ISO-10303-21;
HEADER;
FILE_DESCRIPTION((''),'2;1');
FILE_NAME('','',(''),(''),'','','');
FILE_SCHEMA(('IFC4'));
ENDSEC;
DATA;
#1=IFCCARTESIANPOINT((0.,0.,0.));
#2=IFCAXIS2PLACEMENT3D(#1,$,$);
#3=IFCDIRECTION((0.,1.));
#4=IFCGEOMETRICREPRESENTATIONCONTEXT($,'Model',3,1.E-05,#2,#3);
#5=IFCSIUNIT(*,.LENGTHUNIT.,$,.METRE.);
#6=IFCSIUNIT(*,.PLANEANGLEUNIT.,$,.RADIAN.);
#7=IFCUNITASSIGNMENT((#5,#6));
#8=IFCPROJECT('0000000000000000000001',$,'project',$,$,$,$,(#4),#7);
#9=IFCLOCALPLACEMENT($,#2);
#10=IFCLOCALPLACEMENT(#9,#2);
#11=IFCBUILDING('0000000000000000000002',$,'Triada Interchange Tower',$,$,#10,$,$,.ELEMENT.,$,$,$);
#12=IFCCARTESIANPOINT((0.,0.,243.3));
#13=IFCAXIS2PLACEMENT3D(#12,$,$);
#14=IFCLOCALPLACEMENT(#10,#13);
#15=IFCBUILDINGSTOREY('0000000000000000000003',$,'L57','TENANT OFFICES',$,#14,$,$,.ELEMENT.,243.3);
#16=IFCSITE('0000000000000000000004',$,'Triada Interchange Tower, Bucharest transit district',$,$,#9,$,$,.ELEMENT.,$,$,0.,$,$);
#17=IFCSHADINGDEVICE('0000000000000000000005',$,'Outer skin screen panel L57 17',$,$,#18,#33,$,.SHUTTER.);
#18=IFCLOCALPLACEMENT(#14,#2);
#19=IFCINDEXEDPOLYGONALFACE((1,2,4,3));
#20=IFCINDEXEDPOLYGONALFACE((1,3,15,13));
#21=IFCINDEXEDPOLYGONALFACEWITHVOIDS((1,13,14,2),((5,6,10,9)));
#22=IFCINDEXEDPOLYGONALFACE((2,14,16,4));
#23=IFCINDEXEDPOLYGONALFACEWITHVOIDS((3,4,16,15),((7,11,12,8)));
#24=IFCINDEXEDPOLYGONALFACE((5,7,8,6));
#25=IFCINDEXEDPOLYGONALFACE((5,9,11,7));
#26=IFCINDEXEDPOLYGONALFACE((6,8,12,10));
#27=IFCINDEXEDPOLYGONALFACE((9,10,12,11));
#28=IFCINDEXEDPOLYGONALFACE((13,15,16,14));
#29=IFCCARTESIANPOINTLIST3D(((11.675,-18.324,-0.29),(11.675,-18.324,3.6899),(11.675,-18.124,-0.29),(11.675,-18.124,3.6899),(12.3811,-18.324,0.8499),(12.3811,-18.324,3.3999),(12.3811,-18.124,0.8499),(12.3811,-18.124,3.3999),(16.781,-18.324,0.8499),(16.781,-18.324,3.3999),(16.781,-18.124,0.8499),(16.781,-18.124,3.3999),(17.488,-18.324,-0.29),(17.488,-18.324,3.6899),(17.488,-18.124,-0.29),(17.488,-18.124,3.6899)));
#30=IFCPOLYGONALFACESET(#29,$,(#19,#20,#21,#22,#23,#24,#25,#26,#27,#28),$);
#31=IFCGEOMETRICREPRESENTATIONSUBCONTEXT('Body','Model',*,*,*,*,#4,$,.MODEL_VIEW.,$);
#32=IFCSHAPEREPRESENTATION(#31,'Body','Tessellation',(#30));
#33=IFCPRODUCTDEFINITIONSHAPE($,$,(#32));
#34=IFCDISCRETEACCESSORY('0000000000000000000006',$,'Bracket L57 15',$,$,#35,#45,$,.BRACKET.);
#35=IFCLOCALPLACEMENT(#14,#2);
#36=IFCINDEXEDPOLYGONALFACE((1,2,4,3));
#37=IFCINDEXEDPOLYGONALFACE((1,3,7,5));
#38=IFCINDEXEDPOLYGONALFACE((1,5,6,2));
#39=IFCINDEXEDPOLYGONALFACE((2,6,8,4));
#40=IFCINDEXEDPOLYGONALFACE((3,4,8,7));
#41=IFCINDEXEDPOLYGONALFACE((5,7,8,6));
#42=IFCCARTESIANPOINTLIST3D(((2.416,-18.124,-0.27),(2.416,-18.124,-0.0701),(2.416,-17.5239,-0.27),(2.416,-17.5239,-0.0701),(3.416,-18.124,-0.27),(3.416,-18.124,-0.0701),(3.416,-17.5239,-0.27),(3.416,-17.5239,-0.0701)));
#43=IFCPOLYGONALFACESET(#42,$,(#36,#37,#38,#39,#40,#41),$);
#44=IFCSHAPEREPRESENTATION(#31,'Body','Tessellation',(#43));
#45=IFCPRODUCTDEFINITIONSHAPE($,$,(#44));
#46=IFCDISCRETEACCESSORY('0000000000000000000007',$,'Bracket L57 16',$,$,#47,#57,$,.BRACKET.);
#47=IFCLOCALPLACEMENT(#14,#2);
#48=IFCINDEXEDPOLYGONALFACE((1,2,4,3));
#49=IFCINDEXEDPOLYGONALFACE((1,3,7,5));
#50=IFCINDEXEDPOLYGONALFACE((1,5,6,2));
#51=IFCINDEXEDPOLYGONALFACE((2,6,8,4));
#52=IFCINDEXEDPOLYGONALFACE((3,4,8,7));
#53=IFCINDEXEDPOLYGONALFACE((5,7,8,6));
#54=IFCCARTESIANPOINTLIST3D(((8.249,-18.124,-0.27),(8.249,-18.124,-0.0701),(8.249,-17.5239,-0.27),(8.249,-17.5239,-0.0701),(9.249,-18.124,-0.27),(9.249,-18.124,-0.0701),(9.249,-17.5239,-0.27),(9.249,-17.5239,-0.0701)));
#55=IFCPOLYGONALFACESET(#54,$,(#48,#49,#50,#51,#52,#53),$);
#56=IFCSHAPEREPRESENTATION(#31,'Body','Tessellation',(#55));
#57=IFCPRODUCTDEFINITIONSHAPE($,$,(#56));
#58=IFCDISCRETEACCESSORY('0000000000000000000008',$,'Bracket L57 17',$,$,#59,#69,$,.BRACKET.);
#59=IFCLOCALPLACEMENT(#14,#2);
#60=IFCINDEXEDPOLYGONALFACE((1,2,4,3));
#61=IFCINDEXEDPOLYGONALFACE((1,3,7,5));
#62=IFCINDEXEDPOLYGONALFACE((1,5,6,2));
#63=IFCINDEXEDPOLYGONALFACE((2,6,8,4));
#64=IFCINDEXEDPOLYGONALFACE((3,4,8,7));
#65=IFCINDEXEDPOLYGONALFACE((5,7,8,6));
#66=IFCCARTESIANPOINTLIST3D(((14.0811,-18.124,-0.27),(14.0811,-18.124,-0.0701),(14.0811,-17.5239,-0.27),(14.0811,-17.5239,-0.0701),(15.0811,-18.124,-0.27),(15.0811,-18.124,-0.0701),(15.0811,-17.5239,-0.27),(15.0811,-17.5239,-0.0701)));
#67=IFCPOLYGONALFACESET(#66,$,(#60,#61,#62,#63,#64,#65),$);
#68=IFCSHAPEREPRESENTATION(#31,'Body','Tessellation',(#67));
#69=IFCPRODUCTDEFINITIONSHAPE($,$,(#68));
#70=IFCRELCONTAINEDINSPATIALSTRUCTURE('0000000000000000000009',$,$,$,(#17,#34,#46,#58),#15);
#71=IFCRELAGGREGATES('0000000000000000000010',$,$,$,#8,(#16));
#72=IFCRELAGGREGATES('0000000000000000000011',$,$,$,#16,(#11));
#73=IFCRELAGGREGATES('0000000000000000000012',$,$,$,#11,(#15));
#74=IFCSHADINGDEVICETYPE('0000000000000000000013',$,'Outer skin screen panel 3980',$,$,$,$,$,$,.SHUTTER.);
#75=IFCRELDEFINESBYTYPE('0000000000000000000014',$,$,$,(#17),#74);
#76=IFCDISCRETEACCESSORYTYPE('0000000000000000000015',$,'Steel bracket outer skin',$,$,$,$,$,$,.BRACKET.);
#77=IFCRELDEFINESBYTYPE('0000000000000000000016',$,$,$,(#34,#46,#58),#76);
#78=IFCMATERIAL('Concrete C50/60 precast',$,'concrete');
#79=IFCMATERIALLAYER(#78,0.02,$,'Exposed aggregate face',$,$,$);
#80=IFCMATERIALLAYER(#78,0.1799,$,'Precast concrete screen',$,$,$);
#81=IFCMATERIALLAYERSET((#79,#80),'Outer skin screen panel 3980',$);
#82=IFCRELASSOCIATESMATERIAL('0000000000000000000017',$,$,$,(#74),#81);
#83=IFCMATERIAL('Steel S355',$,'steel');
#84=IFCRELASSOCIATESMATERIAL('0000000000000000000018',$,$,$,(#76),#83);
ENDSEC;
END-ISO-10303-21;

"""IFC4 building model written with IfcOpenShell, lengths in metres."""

from ifc_helpers import new_model, si_unit, direction, frame, origin, origin_2d, place, context, subcontext, project, spatial, polyline, rectangle, outline, extrude, material, layer, layer_set, type_object, element, save


model = new_model("IFC4")

# Units and contexts
model_context = context("Model", 3, precision=1e-05, world=origin(), true_north=direction((0.0, 1.0)))
body_context = subcontext(model_context, "Body", "Model", "MODEL_VIEW")
ifc_project = project(units=[si_unit("LENGTHUNIT", "METRE"), si_unit("PLANEANGLEUNIT", "RADIAN")], contexts=[model_context])

# Site, building, storey
site_placement = place(None, origin())
site = spatial("IfcSite", under=ifc_project, at=site_placement, Name="Triada Interchange Tower, Bucharest transit district", CompositionType="ELEMENT", RefElevation=0.0)
building_placement = place(site_placement, origin())
building = spatial("IfcBuilding", under=site, at=building_placement, Name="Triada Interchange Tower", CompositionType="ELEMENT")
storey_placement = place(building_placement, frame((0.0, 0.0, 243.3)))
storey = spatial("IfcBuildingStorey", under=building, at=storey_placement, Name="L57", Description="TENANT OFFICES", CompositionType="ELEMENT", Elevation=243.3)

# Shading device
ifc_material_1 = material(Name="Concrete C50/60 precast", Category="concrete")
ifc_layer_1 = layer(ifc_material_1, 0.02, Name="Exposed aggregate face")
ifc_layer_2 = layer(ifc_material_1, 0.1799, Name="Precast concrete screen")
ifc_layer_set_1 = layer_set([ifc_layer_1, ifc_layer_2], Name="Outer skin screen panel 3980")
shading_device_type = type_object("IfcShadingDeviceType", Name="Outer skin screen panel 3980", PredefinedType="SHUTTER", material=ifc_layer_set_1)
shading_device_1_placement = place(storey_placement, frame((11.675, -18.124, -0.29), z_axis=(0.0, 0.0, 1.0), x_axis=(1.0, 0.0, 0.0)))
element("IfcShadingDevice", 1, at=shading_device_1_placement, inside=storey, type_object=shading_device_type, Name="Outer skin screen panel L57 17", PredefinedType="SHUTTER", context=body_context, shape_type="SweptSolid", body=[
    extrude(outline(polyline([(0.0, 0.0), (5.813, 0.0), (5.813, 3.98), (0.0, 3.98), (0.0, 0.0)]), holes=[polyline([(0.7061, 1.1399), (0.7061, 3.6899), (5.106, 3.6899), (5.106, 1.1399), (0.7061, 1.1399)])]), frame((0.0, 0.0, 0.0), z_axis=(0.0, -1.0, 0.0), x_axis=(1.0, 0.0, 0.0)), (0.0, 0.0, 1.0), 0.2),
])

# Discrete accessories
ifc_material_2 = material(Name="Steel S355", Category="steel")
discrete_accessory_type = type_object("IfcDiscreteAccessoryType", Name="Steel bracket outer skin", PredefinedType="BRACKET", material=ifc_material_2)
for number, where, z_axis, x_axis, name in (
    (2, (2.916, -17.824, -0.27), (0.0, 0.0, 1.0), (0.0, -1.0, 0.0), "Bracket L57 15"),
    (3, (8.749, -17.824, -0.27), (0.0, 0.0, 1.0), (0.0, -1.0, 0.0), "Bracket L57 16"),
    (4, (14.5811, -17.824, -0.27), (0.0, 0.0, 1.0), (0.0, -1.0, 0.0), "Bracket L57 17"),
):
    element("IfcDiscreteAccessory", number, at=place(storey_placement, frame(where, z_axis=z_axis, x_axis=x_axis)), inside=storey, type_object=discrete_accessory_type, Name=name, PredefinedType="BRACKET", context=body_context, shape_type="SweptSolid", body=[
        extrude(rectangle(XDim=0.6001, YDim=1.0, at=origin_2d()), origin(), (0.0, 0.0, 1.0), 0.2),
    ])

save(model, "model.ifc")
